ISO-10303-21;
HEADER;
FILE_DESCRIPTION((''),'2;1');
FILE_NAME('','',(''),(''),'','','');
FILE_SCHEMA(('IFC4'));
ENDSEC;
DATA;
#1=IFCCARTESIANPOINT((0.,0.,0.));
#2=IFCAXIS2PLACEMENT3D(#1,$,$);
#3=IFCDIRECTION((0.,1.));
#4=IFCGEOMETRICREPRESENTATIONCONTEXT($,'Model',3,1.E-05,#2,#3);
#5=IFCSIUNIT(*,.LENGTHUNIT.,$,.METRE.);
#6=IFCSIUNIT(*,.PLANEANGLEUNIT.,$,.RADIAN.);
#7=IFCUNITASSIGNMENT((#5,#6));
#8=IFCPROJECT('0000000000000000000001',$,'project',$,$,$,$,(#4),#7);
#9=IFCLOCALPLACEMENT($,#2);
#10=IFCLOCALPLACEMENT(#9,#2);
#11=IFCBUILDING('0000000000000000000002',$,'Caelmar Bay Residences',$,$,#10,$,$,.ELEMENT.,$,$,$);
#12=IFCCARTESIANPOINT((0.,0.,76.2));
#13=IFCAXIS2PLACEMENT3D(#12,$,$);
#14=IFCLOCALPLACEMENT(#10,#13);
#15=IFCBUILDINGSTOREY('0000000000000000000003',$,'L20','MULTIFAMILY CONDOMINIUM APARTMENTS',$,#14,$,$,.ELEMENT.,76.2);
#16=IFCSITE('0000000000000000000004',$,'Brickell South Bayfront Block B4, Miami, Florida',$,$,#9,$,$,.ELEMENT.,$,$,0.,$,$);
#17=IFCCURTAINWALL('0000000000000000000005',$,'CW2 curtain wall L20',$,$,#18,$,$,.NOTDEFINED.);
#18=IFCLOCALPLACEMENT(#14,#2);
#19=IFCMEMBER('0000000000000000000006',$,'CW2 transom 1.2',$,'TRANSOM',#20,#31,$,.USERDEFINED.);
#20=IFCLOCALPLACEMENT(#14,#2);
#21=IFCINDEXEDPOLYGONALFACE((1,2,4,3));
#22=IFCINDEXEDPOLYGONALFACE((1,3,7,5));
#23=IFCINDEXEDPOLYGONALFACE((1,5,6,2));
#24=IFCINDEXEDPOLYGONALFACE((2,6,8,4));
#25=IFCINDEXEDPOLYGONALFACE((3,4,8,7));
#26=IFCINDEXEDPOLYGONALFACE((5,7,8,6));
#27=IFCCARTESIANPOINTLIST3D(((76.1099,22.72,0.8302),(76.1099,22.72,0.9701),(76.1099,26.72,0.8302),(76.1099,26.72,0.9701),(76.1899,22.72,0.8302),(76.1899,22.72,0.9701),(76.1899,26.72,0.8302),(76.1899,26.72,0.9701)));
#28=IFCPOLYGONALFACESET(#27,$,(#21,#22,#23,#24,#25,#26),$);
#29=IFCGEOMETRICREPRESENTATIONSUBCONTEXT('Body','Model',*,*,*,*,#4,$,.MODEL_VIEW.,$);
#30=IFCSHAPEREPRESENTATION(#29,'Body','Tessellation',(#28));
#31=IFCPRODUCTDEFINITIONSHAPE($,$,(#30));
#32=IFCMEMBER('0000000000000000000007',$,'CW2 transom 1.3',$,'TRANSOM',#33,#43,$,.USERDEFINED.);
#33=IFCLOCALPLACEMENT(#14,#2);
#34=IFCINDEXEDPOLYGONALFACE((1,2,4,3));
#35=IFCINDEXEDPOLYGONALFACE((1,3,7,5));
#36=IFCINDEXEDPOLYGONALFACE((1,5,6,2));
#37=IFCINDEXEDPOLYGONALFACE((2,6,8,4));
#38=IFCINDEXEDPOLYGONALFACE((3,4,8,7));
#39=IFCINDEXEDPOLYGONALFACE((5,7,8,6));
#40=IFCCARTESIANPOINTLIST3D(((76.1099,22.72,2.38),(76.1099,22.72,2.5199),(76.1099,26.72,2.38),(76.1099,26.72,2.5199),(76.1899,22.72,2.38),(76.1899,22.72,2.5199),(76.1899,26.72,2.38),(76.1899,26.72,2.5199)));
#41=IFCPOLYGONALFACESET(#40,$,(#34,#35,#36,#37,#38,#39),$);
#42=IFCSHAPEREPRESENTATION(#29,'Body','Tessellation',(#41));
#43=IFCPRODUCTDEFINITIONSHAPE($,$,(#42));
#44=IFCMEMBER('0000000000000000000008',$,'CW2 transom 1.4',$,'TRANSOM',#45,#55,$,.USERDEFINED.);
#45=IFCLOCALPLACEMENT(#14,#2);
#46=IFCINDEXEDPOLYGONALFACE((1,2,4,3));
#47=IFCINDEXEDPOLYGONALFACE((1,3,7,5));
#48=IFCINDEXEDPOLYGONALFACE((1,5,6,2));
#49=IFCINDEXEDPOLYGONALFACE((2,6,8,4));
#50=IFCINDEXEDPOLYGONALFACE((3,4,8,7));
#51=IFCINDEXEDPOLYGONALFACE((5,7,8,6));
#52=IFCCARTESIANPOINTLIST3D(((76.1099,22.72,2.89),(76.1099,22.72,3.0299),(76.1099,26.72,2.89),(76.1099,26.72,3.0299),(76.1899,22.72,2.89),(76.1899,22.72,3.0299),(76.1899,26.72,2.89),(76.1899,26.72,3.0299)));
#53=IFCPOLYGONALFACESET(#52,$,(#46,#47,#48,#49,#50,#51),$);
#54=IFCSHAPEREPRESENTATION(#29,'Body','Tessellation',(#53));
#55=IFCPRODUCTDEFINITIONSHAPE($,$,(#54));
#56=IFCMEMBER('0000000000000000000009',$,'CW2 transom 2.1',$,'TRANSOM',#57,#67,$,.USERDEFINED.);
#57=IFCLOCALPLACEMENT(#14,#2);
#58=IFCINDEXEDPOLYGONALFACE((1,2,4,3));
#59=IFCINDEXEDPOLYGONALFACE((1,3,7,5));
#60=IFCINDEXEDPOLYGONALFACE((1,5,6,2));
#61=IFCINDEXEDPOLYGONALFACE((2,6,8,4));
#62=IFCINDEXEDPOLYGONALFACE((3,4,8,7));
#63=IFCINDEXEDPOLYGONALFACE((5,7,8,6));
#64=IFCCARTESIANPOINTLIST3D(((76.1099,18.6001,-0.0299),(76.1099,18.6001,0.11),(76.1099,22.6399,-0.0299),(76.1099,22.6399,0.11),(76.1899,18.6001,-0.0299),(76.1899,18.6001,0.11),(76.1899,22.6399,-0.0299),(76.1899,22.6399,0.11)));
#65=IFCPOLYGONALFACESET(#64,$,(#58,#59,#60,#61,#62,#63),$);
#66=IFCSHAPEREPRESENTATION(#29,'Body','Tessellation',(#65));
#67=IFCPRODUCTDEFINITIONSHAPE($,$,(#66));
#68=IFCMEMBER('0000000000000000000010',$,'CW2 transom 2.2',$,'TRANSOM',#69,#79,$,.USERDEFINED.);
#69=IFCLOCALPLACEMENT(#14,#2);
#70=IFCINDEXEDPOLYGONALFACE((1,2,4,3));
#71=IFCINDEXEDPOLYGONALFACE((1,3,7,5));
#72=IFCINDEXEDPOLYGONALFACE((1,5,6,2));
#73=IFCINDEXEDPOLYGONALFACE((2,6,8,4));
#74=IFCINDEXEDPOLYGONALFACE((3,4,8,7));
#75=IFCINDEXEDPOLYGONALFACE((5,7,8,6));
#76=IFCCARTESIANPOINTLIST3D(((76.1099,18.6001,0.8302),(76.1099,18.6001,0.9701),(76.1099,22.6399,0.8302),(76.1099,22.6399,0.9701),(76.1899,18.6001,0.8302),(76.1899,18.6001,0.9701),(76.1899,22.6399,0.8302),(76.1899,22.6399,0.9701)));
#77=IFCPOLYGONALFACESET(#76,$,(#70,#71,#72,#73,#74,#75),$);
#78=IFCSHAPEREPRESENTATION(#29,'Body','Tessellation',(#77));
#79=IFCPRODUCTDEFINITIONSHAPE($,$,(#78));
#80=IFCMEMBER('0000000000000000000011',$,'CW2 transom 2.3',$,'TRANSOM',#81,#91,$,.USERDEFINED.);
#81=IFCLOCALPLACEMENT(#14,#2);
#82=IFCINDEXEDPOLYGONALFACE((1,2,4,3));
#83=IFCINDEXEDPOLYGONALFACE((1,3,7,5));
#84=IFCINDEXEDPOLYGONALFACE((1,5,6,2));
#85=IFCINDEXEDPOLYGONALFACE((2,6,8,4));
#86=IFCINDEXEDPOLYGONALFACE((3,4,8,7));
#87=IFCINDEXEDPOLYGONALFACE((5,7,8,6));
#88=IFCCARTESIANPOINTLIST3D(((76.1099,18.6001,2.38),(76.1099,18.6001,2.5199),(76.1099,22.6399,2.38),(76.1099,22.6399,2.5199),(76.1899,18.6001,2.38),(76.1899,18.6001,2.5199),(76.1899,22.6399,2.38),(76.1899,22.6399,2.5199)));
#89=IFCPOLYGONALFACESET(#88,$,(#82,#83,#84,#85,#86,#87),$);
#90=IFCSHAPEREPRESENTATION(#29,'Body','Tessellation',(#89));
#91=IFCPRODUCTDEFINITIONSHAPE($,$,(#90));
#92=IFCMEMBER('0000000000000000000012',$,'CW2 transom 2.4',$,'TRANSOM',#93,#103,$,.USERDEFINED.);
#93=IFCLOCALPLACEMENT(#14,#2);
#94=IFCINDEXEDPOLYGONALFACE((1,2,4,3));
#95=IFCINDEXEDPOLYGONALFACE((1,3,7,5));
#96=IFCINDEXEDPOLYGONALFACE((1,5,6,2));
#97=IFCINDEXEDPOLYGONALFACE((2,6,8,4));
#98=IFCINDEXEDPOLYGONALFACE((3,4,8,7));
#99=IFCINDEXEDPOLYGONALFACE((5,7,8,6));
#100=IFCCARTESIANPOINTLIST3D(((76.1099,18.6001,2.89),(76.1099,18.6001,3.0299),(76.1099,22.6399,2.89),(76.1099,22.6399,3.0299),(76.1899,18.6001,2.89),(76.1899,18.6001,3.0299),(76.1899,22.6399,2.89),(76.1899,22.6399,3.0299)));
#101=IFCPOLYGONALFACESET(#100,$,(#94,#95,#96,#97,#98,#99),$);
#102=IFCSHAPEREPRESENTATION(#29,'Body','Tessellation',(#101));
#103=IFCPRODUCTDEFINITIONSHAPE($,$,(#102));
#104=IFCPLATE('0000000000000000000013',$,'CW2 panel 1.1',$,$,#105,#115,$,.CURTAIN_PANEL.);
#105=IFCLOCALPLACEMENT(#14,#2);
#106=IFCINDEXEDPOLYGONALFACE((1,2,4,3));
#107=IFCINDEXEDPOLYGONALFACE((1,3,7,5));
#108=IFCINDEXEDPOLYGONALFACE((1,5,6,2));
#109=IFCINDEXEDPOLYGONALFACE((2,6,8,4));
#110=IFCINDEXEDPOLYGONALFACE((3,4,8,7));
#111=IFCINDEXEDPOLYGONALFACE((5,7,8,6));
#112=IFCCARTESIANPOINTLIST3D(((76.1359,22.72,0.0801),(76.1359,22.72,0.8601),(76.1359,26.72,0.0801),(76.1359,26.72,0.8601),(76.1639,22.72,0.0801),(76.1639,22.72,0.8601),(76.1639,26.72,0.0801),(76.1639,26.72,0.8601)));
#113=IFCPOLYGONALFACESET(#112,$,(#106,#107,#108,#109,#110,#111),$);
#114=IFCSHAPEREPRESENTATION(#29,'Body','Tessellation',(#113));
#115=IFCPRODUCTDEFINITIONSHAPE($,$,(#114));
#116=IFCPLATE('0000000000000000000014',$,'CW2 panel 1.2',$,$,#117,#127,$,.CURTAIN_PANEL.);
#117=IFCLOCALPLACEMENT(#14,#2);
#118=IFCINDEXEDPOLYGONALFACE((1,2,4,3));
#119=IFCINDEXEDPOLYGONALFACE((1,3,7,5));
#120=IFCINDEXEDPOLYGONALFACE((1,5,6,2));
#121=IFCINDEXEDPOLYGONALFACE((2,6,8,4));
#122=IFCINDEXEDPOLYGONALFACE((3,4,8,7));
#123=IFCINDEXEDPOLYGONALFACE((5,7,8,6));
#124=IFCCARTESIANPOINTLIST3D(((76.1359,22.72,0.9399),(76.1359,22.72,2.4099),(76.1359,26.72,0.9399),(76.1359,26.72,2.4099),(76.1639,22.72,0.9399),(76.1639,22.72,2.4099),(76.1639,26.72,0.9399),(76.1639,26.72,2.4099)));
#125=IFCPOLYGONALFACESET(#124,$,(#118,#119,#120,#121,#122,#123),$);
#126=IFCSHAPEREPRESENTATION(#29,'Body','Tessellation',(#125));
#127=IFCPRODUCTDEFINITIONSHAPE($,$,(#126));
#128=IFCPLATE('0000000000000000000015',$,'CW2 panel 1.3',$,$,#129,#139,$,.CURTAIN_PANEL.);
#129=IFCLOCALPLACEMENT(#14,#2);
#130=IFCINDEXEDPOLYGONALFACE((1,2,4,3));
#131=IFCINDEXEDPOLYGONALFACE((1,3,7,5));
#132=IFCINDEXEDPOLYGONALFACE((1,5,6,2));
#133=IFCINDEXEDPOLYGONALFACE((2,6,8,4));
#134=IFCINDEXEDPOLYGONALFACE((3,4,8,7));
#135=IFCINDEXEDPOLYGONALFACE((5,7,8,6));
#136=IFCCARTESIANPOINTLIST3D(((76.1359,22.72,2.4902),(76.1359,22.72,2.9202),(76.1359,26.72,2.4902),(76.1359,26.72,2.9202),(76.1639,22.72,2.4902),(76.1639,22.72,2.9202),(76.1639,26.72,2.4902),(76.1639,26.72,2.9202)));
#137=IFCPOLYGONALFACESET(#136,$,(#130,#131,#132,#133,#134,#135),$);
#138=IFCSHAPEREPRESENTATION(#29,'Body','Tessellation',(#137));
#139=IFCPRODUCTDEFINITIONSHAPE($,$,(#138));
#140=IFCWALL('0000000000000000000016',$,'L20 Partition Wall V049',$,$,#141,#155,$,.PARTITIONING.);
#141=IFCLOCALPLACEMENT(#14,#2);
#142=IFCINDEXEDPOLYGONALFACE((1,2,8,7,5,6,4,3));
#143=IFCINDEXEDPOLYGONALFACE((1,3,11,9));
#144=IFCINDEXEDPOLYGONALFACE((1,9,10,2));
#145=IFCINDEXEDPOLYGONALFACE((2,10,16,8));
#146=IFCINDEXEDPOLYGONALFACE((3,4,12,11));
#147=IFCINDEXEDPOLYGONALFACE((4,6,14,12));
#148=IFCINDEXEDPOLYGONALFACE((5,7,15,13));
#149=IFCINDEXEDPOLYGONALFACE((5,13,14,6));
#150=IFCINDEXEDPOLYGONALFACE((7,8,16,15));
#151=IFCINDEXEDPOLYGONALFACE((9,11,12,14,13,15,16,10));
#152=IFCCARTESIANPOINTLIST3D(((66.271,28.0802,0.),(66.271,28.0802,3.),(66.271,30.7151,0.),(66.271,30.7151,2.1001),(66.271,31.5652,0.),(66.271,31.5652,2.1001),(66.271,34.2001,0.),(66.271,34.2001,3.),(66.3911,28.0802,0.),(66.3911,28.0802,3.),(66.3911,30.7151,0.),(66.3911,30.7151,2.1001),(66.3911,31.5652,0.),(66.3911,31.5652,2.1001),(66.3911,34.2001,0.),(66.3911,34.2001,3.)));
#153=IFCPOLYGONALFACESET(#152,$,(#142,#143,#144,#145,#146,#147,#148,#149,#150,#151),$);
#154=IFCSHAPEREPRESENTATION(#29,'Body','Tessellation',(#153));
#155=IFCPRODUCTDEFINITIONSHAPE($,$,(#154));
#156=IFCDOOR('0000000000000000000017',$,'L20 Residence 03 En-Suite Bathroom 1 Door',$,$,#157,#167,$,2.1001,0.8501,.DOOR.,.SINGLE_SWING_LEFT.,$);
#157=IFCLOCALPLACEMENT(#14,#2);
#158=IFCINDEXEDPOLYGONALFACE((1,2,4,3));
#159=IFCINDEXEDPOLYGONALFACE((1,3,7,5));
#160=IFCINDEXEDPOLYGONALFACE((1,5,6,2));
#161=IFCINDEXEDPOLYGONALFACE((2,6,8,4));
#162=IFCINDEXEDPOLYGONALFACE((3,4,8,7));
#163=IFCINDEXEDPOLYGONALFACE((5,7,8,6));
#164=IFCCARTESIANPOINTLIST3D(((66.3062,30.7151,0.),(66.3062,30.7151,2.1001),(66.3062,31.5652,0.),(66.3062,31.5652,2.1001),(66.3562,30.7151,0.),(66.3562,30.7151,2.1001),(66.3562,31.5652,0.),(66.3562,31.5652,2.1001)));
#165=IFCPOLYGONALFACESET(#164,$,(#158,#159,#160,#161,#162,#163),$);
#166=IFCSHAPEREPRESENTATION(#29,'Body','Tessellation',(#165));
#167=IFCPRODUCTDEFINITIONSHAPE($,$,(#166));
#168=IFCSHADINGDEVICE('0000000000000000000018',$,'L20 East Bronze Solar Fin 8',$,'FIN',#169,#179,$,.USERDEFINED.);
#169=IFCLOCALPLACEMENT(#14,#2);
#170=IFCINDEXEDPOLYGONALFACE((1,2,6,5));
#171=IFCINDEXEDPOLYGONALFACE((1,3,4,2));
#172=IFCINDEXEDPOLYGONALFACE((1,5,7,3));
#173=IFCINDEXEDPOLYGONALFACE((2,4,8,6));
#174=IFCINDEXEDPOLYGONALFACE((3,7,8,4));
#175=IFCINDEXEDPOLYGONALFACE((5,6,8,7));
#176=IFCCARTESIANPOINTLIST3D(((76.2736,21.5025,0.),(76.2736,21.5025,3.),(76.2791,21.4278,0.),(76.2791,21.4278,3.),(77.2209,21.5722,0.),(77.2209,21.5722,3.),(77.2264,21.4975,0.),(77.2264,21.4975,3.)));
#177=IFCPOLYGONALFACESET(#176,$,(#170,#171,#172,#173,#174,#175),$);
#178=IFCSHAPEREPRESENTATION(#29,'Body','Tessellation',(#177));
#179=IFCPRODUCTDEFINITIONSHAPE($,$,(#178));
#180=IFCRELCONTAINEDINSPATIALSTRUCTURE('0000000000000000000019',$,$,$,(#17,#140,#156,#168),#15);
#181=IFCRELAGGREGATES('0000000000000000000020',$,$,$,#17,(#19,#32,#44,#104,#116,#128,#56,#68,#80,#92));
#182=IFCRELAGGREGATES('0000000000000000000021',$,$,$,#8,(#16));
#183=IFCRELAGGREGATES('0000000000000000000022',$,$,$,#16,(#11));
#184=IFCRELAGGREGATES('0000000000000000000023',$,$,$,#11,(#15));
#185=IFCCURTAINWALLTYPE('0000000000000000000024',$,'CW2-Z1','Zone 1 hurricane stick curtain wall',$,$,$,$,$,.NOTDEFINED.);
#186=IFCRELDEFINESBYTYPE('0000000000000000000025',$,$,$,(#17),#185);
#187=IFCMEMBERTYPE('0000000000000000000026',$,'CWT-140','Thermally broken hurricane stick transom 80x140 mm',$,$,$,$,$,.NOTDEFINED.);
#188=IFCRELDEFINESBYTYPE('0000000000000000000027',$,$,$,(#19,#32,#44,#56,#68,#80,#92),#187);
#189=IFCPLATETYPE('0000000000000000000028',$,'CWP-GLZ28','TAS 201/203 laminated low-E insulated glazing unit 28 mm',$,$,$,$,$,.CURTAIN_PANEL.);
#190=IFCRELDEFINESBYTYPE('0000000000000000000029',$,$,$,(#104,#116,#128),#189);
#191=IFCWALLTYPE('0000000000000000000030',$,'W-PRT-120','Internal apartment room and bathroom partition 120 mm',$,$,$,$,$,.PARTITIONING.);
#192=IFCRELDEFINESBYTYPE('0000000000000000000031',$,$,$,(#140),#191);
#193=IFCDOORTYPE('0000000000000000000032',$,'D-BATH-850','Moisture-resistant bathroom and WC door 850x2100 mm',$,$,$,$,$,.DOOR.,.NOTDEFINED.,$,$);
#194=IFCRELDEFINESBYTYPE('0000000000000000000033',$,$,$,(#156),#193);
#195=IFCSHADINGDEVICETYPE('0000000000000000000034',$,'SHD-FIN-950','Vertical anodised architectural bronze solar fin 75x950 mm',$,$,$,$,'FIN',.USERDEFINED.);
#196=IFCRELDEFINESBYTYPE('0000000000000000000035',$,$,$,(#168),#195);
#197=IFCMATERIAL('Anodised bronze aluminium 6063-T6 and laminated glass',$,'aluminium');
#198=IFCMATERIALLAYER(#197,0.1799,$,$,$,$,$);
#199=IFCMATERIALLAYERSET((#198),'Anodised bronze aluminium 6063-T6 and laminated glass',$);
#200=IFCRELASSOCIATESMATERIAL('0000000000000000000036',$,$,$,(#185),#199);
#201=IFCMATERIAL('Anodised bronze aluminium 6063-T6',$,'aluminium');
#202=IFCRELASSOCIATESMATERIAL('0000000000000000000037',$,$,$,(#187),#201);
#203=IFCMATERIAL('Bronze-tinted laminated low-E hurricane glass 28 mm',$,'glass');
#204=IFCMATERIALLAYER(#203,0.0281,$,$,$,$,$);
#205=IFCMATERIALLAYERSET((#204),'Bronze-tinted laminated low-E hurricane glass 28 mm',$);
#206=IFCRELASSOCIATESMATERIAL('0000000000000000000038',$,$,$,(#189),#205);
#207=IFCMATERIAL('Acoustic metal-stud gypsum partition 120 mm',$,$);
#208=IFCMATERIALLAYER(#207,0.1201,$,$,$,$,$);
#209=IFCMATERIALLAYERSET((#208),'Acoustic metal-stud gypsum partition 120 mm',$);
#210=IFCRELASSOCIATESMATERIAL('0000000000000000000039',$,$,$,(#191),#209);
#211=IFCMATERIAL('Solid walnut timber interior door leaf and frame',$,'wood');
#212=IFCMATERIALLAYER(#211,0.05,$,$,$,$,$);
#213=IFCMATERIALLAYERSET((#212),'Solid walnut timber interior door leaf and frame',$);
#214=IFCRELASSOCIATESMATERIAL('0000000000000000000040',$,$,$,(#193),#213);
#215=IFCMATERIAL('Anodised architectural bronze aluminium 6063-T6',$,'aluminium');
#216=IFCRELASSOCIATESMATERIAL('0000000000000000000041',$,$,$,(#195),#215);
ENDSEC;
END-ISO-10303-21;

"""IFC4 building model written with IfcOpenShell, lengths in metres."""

from ifc_helpers import new_model, si_unit, direction, frame, frame_2d, origin, origin_2d, place, context, subcontext, project, spatial, rectangle, extrude, material, layer, layer_set, material_profile, profile_set, type_object, element, fill, aggregate, save


model = new_model("IFC4")

# Units and contexts
model_context = context("Model", 3, precision=1e-05, world=origin(), true_north=direction((0.0, 1.0)))
body_context = subcontext(model_context, "Body", "Model", "MODEL_VIEW")
ifc_project = project(units=[si_unit("LENGTHUNIT", "METRE"), si_unit("PLANEANGLEUNIT", "RADIAN")], contexts=[model_context])

# Site, building, storey
site_placement = place(None, origin())
site = spatial("IfcSite", under=ifc_project, at=site_placement, Name="Brickell South Bayfront Block B4, Miami, Florida", CompositionType="ELEMENT", RefElevation=0.0)
building_placement = place(site_placement, origin())
building = spatial("IfcBuilding", under=site, at=building_placement, Name="Caelmar Bay Residences", CompositionType="ELEMENT")
storey_placement = place(building_placement, frame((0.0, 0.0, 76.2)))
storey = spatial("IfcBuildingStorey", under=building, at=storey_placement, Name="L20", Description="MULTIFAMILY CONDOMINIUM APARTMENTS", CompositionType="ELEMENT", Elevation=76.2)

# Curtain wall, members, plates
ifc_material_1 = material(Name="Anodised bronze aluminium 6063-T6 and laminated glass", Category="aluminium")
ifc_layer_1 = layer(ifc_material_1, 0.1799)
ifc_layer_set_1 = layer_set([ifc_layer_1], Name="Anodised bronze aluminium 6063-T6 and laminated glass")
curtain_wall_type = type_object("IfcCurtainWallType", Name="CW2-Z1", Description="Zone 1 hurricane stick curtain wall", PredefinedType="NOTDEFINED", material=ifc_layer_set_1)
curtain_wall_placement = place(storey_placement, origin())
curtain_wall = element("IfcCurtainWall", 1, at=curtain_wall_placement, inside=storey, type_object=curtain_wall_type, Name="CW2 curtain wall L20", PredefinedType="NOTDEFINED")
ifc_material_2 = material(Name="Anodised bronze aluminium 6063-T6", Category="aluminium")
ifc_material_profile_1 = material_profile(ifc_material_2, rectangle(XDim=0.0801, YDim=0.1399, at=origin_2d()), Name="CWT-80X140")
ifc_profile_set_1 = profile_set([ifc_material_profile_1], Name="Anodised bronze aluminium 6063-T6")
member_type_1 = type_object("IfcMemberType", Name="CWT-140", Description="Thermally broken hurricane stick transom 80x140 mm", PredefinedType="NOTDEFINED", material=ifc_profile_set_1)
member_1_placement = place(storey_placement, frame((76.1499, 26.72, 0.9001), z_axis=(0.0, -1.0, 0.0), x_axis=(1.0, 0.0, 0.0)))
member_1 = element("IfcMember", 2, at=member_1_placement, type_object=member_type_1, Name="CW2 transom 1.2", ObjectType="TRANSOM", PredefinedType="USERDEFINED", context=body_context, shape_type="SweptSolid", body=[
    extrude(rectangle(XDim=0.0801, YDim=0.1399, at=origin_2d()), origin(), (0.0, 0.0, 1.0), 4.0),
])
member_2_placement = place(storey_placement, frame((76.1499, 26.72, 2.45), z_axis=(0.0, -1.0, 0.0), x_axis=(1.0, 0.0, 0.0)))
member_2 = element("IfcMember", 3, at=member_2_placement, type_object=member_type_1, Name="CW2 transom 1.3", ObjectType="TRANSOM", PredefinedType="USERDEFINED", context=body_context, shape_type="SweptSolid", body=[
    extrude(rectangle(XDim=0.0801, YDim=0.1399, at=origin_2d()), origin(), (0.0, 0.0, 1.0), 4.0),
])
member_3_placement = place(storey_placement, frame((76.1499, 26.72, 2.96), z_axis=(0.0, -1.0, 0.0), x_axis=(1.0, 0.0, 0.0)))
member_3 = element("IfcMember", 4, at=member_3_placement, type_object=member_type_1, Name="CW2 transom 1.4", ObjectType="TRANSOM", PredefinedType="USERDEFINED", context=body_context, shape_type="SweptSolid", body=[
    extrude(rectangle(XDim=0.0801, YDim=0.1399, at=origin_2d()), origin(), (0.0, 0.0, 1.0), 4.0),
])
member_4_placement = place(storey_placement, frame((76.1499, 22.6399, 0.04), z_axis=(0.0, -1.0, 0.0), x_axis=(1.0, 0.0, 0.0)))
member_4 = element("IfcMember", 5, at=member_4_placement, type_object=member_type_1, Name="CW2 transom 2.1", ObjectType="TRANSOM", PredefinedType="USERDEFINED", context=body_context, shape_type="SweptSolid", body=[
    extrude(rectangle(XDim=0.0801, YDim=0.1399, at=origin_2d()), origin(), (0.0, 0.0, 1.0), 4.0398),
])
member_5_placement = place(storey_placement, frame((76.1499, 22.6399, 0.9001), z_axis=(0.0, -1.0, 0.0), x_axis=(1.0, 0.0, 0.0)))
member_5 = element("IfcMember", 6, at=member_5_placement, type_object=member_type_1, Name="CW2 transom 2.2", ObjectType="TRANSOM", PredefinedType="USERDEFINED", context=body_context, shape_type="SweptSolid", body=[
    extrude(rectangle(XDim=0.0801, YDim=0.1399, at=origin_2d()), origin(), (0.0, 0.0, 1.0), 4.0398),
])
member_6_placement = place(storey_placement, frame((76.1499, 22.6399, 2.45), z_axis=(0.0, -1.0, 0.0), x_axis=(1.0, 0.0, 0.0)))
member_6 = element("IfcMember", 7, at=member_6_placement, type_object=member_type_1, Name="CW2 transom 2.3", ObjectType="TRANSOM", PredefinedType="USERDEFINED", context=body_context, shape_type="SweptSolid", body=[
    extrude(rectangle(XDim=0.0801, YDim=0.1399, at=origin_2d()), origin(), (0.0, 0.0, 1.0), 4.0398),
])
member_7_placement = place(storey_placement, frame((76.1499, 22.6399, 2.96), z_axis=(0.0, -1.0, 0.0), x_axis=(1.0, 0.0, 0.0)))
member_7 = element("IfcMember", 8, at=member_7_placement, type_object=member_type_1, Name="CW2 transom 2.4", ObjectType="TRANSOM", PredefinedType="USERDEFINED", context=body_context, shape_type="SweptSolid", body=[
    extrude(rectangle(XDim=0.0801, YDim=0.1399, at=origin_2d()), origin(), (0.0, 0.0, 1.0), 4.0398),
])
ifc_material_3 = material(Name="Bronze-tinted laminated low-E hurricane glass 28 mm", Category="glass")
ifc_layer_2 = layer(ifc_material_3, 0.0281)
ifc_layer_set_2 = layer_set([ifc_layer_2], Name="Bronze-tinted laminated low-E hurricane glass 28 mm")
plate_type = type_object("IfcPlateType", Name="CWP-GLZ28", Description="TAS 201/203 laminated low-E insulated glazing unit 28 mm", PredefinedType="CURTAIN_PANEL", material=ifc_layer_set_2)
plate_1_placement = place(storey_placement, frame((76.1499, 24.72, 0.0801), z_axis=(0.0, 0.0, 1.0), x_axis=(0.0, -1.0, 0.0)))
plate_1 = element("IfcPlate", 9, at=plate_1_placement, type_object=plate_type, Name="CW2 panel 1.1", PredefinedType="CURTAIN_PANEL", context=body_context, shape_type="SweptSolid", body=[
    extrude(rectangle(XDim=4.0, YDim=0.0281, at=origin_2d()), origin(), (0.0, 0.0, 1.0), 0.78),
])
plate_2_placement = place(storey_placement, frame((76.1499, 24.72, 0.9399), z_axis=(0.0, 0.0, 1.0), x_axis=(0.0, -1.0, 0.0)))
plate_2 = element("IfcPlate", 10, at=plate_2_placement, type_object=plate_type, Name="CW2 panel 1.2", PredefinedType="CURTAIN_PANEL", context=body_context, shape_type="SweptSolid", body=[
    extrude(rectangle(XDim=4.0, YDim=0.0281, at=origin_2d()), origin(), (0.0, 0.0, 1.0), 1.47),
])
plate_3_placement = place(storey_placement, frame((76.1499, 24.72, 2.4902), z_axis=(0.0, 0.0, 1.0), x_axis=(0.0, -1.0, 0.0)))
plate_3 = element("IfcPlate", 11, at=plate_3_placement, type_object=plate_type, Name="CW2 panel 1.3", PredefinedType="CURTAIN_PANEL", context=body_context, shape_type="SweptSolid", body=[
    extrude(rectangle(XDim=4.0, YDim=0.0281, at=origin_2d()), origin(), (0.0, 0.0, 1.0), 0.4299),
])
aggregate(curtain_wall, [member_1, member_2, member_3, plate_1, plate_2, plate_3, member_4, member_5, member_6, member_7])

# Wall, opening, door
ifc_material_4 = material(Name="Acoustic metal-stud gypsum partition 120 mm")
ifc_layer_3 = layer(ifc_material_4, 0.1201)
ifc_layer_set_3 = layer_set([ifc_layer_3], Name="Acoustic metal-stud gypsum partition 120 mm")
wall_type = type_object("IfcWallType", Name="W-PRT-120", Description="Internal apartment room and bathroom partition 120 mm", PredefinedType="PARTITIONING", material=ifc_layer_set_3)
wall_placement = place(storey_placement, frame((66.3311, 28.0801, 0.0), z_axis=(0.0, 0.0, 1.0), x_axis=(0.0, 1.0, 0.0)))
wall = element("IfcWall", 12, at=wall_placement, inside=storey, type_object=wall_type, Name="L20 Partition Wall V049", PredefinedType="PARTITIONING", context=body_context, shape_type="SweptSolid", body=[
    extrude(rectangle(XDim=6.1199, YDim=0.1201, at=frame_2d((3.0601, 0.0))), origin(), (0.0, 0.0, 1.0), 3.0),
])
opening_placement = place(wall_placement, frame((2.635, 0.0, 0.0)))
opening = element("IfcOpeningElement", 13, at=opening_placement, cuts=wall, PredefinedType="OPENING", context=body_context, shape_type="SweptSolid", body=[
    extrude(rectangle(XDim=0.8501, YDim=2.1001, at=frame_2d((0.425, 1.05))), frame((0.0, 0.0701, 0.0), z_axis=(0.0, -1.0, 0.0), x_axis=(1.0, 0.0, 0.0)), (0.0, 0.0, 1.0), 0.1401),
])
ifc_material_5 = material(Name="Solid walnut timber interior door leaf and frame", Category="wood")
ifc_layer_4 = layer(ifc_material_5, 0.05)
ifc_layer_set_4 = layer_set([ifc_layer_4], Name="Solid walnut timber interior door leaf and frame")
door_type = type_object("IfcDoorType", Name="D-BATH-850", Description="Moisture-resistant bathroom and WC door 850x2100 mm", OperationType="NOTDEFINED", PredefinedType="DOOR", material=ifc_layer_set_4)
door_placement = place(opening_placement, origin())
door = element("IfcDoor", 14, at=door_placement, inside=storey, type_object=door_type, Name="L20 Residence 03 En-Suite Bathroom 1 Door", OperationType="SINGLE_SWING_LEFT", OverallHeight=2.1001, OverallWidth=0.8501, PredefinedType="DOOR", context=body_context, shape_type="SweptSolid", body=[
    extrude(rectangle(XDim=0.8501, YDim=2.1001, at=frame_2d((0.425, 1.05))), frame((0.0, 0.0249, 0.0), z_axis=(0.0, -1.0, 0.0), x_axis=(1.0, 0.0, 0.0)), (0.0, 0.0, 1.0), 0.05),
])
fill(opening, door)

# Shading device
ifc_material_6 = material(Name="Anodised architectural bronze aluminium 6063-T6", Category="aluminium")
ifc_material_profile_2 = material_profile(ifc_material_6, rectangle(XDim=0.075, YDim=0.95, at=origin_2d()), Name="BRONZE-FIN-75X950")
ifc_profile_set_2 = profile_set([ifc_material_profile_2], Name="Anodised architectural bronze aluminium 6063-T6")
shading_device_type = type_object("IfcShadingDeviceType", Name="SHD-FIN-950", Description="Vertical anodised architectural bronze solar fin 75x950 mm", ElementType="FIN", PredefinedType="USERDEFINED", material=ifc_profile_set_2)
for number, where, z_axis, x_axis, name in (
    (15, (76.75, 21.5, 0.0), (0.0, 0.0, 1.0), (-0.073412, 0.997302, 0.0), "L20 East Bronze Solar Fin 8"),
):
    element("IfcShadingDevice", number, at=place(storey_placement, frame(where, z_axis=z_axis, x_axis=x_axis)), inside=storey, type_object=shading_device_type, Name=name, ObjectType="FIN", PredefinedType="USERDEFINED", context=body_context, shape_type="SweptSolid", body=[
        extrude(rectangle(XDim=0.075, YDim=0.95, at=origin_2d()), origin(), (0.0, 0.0, 1.0), 3.0),
    ])

save(model, "model.ifc")
